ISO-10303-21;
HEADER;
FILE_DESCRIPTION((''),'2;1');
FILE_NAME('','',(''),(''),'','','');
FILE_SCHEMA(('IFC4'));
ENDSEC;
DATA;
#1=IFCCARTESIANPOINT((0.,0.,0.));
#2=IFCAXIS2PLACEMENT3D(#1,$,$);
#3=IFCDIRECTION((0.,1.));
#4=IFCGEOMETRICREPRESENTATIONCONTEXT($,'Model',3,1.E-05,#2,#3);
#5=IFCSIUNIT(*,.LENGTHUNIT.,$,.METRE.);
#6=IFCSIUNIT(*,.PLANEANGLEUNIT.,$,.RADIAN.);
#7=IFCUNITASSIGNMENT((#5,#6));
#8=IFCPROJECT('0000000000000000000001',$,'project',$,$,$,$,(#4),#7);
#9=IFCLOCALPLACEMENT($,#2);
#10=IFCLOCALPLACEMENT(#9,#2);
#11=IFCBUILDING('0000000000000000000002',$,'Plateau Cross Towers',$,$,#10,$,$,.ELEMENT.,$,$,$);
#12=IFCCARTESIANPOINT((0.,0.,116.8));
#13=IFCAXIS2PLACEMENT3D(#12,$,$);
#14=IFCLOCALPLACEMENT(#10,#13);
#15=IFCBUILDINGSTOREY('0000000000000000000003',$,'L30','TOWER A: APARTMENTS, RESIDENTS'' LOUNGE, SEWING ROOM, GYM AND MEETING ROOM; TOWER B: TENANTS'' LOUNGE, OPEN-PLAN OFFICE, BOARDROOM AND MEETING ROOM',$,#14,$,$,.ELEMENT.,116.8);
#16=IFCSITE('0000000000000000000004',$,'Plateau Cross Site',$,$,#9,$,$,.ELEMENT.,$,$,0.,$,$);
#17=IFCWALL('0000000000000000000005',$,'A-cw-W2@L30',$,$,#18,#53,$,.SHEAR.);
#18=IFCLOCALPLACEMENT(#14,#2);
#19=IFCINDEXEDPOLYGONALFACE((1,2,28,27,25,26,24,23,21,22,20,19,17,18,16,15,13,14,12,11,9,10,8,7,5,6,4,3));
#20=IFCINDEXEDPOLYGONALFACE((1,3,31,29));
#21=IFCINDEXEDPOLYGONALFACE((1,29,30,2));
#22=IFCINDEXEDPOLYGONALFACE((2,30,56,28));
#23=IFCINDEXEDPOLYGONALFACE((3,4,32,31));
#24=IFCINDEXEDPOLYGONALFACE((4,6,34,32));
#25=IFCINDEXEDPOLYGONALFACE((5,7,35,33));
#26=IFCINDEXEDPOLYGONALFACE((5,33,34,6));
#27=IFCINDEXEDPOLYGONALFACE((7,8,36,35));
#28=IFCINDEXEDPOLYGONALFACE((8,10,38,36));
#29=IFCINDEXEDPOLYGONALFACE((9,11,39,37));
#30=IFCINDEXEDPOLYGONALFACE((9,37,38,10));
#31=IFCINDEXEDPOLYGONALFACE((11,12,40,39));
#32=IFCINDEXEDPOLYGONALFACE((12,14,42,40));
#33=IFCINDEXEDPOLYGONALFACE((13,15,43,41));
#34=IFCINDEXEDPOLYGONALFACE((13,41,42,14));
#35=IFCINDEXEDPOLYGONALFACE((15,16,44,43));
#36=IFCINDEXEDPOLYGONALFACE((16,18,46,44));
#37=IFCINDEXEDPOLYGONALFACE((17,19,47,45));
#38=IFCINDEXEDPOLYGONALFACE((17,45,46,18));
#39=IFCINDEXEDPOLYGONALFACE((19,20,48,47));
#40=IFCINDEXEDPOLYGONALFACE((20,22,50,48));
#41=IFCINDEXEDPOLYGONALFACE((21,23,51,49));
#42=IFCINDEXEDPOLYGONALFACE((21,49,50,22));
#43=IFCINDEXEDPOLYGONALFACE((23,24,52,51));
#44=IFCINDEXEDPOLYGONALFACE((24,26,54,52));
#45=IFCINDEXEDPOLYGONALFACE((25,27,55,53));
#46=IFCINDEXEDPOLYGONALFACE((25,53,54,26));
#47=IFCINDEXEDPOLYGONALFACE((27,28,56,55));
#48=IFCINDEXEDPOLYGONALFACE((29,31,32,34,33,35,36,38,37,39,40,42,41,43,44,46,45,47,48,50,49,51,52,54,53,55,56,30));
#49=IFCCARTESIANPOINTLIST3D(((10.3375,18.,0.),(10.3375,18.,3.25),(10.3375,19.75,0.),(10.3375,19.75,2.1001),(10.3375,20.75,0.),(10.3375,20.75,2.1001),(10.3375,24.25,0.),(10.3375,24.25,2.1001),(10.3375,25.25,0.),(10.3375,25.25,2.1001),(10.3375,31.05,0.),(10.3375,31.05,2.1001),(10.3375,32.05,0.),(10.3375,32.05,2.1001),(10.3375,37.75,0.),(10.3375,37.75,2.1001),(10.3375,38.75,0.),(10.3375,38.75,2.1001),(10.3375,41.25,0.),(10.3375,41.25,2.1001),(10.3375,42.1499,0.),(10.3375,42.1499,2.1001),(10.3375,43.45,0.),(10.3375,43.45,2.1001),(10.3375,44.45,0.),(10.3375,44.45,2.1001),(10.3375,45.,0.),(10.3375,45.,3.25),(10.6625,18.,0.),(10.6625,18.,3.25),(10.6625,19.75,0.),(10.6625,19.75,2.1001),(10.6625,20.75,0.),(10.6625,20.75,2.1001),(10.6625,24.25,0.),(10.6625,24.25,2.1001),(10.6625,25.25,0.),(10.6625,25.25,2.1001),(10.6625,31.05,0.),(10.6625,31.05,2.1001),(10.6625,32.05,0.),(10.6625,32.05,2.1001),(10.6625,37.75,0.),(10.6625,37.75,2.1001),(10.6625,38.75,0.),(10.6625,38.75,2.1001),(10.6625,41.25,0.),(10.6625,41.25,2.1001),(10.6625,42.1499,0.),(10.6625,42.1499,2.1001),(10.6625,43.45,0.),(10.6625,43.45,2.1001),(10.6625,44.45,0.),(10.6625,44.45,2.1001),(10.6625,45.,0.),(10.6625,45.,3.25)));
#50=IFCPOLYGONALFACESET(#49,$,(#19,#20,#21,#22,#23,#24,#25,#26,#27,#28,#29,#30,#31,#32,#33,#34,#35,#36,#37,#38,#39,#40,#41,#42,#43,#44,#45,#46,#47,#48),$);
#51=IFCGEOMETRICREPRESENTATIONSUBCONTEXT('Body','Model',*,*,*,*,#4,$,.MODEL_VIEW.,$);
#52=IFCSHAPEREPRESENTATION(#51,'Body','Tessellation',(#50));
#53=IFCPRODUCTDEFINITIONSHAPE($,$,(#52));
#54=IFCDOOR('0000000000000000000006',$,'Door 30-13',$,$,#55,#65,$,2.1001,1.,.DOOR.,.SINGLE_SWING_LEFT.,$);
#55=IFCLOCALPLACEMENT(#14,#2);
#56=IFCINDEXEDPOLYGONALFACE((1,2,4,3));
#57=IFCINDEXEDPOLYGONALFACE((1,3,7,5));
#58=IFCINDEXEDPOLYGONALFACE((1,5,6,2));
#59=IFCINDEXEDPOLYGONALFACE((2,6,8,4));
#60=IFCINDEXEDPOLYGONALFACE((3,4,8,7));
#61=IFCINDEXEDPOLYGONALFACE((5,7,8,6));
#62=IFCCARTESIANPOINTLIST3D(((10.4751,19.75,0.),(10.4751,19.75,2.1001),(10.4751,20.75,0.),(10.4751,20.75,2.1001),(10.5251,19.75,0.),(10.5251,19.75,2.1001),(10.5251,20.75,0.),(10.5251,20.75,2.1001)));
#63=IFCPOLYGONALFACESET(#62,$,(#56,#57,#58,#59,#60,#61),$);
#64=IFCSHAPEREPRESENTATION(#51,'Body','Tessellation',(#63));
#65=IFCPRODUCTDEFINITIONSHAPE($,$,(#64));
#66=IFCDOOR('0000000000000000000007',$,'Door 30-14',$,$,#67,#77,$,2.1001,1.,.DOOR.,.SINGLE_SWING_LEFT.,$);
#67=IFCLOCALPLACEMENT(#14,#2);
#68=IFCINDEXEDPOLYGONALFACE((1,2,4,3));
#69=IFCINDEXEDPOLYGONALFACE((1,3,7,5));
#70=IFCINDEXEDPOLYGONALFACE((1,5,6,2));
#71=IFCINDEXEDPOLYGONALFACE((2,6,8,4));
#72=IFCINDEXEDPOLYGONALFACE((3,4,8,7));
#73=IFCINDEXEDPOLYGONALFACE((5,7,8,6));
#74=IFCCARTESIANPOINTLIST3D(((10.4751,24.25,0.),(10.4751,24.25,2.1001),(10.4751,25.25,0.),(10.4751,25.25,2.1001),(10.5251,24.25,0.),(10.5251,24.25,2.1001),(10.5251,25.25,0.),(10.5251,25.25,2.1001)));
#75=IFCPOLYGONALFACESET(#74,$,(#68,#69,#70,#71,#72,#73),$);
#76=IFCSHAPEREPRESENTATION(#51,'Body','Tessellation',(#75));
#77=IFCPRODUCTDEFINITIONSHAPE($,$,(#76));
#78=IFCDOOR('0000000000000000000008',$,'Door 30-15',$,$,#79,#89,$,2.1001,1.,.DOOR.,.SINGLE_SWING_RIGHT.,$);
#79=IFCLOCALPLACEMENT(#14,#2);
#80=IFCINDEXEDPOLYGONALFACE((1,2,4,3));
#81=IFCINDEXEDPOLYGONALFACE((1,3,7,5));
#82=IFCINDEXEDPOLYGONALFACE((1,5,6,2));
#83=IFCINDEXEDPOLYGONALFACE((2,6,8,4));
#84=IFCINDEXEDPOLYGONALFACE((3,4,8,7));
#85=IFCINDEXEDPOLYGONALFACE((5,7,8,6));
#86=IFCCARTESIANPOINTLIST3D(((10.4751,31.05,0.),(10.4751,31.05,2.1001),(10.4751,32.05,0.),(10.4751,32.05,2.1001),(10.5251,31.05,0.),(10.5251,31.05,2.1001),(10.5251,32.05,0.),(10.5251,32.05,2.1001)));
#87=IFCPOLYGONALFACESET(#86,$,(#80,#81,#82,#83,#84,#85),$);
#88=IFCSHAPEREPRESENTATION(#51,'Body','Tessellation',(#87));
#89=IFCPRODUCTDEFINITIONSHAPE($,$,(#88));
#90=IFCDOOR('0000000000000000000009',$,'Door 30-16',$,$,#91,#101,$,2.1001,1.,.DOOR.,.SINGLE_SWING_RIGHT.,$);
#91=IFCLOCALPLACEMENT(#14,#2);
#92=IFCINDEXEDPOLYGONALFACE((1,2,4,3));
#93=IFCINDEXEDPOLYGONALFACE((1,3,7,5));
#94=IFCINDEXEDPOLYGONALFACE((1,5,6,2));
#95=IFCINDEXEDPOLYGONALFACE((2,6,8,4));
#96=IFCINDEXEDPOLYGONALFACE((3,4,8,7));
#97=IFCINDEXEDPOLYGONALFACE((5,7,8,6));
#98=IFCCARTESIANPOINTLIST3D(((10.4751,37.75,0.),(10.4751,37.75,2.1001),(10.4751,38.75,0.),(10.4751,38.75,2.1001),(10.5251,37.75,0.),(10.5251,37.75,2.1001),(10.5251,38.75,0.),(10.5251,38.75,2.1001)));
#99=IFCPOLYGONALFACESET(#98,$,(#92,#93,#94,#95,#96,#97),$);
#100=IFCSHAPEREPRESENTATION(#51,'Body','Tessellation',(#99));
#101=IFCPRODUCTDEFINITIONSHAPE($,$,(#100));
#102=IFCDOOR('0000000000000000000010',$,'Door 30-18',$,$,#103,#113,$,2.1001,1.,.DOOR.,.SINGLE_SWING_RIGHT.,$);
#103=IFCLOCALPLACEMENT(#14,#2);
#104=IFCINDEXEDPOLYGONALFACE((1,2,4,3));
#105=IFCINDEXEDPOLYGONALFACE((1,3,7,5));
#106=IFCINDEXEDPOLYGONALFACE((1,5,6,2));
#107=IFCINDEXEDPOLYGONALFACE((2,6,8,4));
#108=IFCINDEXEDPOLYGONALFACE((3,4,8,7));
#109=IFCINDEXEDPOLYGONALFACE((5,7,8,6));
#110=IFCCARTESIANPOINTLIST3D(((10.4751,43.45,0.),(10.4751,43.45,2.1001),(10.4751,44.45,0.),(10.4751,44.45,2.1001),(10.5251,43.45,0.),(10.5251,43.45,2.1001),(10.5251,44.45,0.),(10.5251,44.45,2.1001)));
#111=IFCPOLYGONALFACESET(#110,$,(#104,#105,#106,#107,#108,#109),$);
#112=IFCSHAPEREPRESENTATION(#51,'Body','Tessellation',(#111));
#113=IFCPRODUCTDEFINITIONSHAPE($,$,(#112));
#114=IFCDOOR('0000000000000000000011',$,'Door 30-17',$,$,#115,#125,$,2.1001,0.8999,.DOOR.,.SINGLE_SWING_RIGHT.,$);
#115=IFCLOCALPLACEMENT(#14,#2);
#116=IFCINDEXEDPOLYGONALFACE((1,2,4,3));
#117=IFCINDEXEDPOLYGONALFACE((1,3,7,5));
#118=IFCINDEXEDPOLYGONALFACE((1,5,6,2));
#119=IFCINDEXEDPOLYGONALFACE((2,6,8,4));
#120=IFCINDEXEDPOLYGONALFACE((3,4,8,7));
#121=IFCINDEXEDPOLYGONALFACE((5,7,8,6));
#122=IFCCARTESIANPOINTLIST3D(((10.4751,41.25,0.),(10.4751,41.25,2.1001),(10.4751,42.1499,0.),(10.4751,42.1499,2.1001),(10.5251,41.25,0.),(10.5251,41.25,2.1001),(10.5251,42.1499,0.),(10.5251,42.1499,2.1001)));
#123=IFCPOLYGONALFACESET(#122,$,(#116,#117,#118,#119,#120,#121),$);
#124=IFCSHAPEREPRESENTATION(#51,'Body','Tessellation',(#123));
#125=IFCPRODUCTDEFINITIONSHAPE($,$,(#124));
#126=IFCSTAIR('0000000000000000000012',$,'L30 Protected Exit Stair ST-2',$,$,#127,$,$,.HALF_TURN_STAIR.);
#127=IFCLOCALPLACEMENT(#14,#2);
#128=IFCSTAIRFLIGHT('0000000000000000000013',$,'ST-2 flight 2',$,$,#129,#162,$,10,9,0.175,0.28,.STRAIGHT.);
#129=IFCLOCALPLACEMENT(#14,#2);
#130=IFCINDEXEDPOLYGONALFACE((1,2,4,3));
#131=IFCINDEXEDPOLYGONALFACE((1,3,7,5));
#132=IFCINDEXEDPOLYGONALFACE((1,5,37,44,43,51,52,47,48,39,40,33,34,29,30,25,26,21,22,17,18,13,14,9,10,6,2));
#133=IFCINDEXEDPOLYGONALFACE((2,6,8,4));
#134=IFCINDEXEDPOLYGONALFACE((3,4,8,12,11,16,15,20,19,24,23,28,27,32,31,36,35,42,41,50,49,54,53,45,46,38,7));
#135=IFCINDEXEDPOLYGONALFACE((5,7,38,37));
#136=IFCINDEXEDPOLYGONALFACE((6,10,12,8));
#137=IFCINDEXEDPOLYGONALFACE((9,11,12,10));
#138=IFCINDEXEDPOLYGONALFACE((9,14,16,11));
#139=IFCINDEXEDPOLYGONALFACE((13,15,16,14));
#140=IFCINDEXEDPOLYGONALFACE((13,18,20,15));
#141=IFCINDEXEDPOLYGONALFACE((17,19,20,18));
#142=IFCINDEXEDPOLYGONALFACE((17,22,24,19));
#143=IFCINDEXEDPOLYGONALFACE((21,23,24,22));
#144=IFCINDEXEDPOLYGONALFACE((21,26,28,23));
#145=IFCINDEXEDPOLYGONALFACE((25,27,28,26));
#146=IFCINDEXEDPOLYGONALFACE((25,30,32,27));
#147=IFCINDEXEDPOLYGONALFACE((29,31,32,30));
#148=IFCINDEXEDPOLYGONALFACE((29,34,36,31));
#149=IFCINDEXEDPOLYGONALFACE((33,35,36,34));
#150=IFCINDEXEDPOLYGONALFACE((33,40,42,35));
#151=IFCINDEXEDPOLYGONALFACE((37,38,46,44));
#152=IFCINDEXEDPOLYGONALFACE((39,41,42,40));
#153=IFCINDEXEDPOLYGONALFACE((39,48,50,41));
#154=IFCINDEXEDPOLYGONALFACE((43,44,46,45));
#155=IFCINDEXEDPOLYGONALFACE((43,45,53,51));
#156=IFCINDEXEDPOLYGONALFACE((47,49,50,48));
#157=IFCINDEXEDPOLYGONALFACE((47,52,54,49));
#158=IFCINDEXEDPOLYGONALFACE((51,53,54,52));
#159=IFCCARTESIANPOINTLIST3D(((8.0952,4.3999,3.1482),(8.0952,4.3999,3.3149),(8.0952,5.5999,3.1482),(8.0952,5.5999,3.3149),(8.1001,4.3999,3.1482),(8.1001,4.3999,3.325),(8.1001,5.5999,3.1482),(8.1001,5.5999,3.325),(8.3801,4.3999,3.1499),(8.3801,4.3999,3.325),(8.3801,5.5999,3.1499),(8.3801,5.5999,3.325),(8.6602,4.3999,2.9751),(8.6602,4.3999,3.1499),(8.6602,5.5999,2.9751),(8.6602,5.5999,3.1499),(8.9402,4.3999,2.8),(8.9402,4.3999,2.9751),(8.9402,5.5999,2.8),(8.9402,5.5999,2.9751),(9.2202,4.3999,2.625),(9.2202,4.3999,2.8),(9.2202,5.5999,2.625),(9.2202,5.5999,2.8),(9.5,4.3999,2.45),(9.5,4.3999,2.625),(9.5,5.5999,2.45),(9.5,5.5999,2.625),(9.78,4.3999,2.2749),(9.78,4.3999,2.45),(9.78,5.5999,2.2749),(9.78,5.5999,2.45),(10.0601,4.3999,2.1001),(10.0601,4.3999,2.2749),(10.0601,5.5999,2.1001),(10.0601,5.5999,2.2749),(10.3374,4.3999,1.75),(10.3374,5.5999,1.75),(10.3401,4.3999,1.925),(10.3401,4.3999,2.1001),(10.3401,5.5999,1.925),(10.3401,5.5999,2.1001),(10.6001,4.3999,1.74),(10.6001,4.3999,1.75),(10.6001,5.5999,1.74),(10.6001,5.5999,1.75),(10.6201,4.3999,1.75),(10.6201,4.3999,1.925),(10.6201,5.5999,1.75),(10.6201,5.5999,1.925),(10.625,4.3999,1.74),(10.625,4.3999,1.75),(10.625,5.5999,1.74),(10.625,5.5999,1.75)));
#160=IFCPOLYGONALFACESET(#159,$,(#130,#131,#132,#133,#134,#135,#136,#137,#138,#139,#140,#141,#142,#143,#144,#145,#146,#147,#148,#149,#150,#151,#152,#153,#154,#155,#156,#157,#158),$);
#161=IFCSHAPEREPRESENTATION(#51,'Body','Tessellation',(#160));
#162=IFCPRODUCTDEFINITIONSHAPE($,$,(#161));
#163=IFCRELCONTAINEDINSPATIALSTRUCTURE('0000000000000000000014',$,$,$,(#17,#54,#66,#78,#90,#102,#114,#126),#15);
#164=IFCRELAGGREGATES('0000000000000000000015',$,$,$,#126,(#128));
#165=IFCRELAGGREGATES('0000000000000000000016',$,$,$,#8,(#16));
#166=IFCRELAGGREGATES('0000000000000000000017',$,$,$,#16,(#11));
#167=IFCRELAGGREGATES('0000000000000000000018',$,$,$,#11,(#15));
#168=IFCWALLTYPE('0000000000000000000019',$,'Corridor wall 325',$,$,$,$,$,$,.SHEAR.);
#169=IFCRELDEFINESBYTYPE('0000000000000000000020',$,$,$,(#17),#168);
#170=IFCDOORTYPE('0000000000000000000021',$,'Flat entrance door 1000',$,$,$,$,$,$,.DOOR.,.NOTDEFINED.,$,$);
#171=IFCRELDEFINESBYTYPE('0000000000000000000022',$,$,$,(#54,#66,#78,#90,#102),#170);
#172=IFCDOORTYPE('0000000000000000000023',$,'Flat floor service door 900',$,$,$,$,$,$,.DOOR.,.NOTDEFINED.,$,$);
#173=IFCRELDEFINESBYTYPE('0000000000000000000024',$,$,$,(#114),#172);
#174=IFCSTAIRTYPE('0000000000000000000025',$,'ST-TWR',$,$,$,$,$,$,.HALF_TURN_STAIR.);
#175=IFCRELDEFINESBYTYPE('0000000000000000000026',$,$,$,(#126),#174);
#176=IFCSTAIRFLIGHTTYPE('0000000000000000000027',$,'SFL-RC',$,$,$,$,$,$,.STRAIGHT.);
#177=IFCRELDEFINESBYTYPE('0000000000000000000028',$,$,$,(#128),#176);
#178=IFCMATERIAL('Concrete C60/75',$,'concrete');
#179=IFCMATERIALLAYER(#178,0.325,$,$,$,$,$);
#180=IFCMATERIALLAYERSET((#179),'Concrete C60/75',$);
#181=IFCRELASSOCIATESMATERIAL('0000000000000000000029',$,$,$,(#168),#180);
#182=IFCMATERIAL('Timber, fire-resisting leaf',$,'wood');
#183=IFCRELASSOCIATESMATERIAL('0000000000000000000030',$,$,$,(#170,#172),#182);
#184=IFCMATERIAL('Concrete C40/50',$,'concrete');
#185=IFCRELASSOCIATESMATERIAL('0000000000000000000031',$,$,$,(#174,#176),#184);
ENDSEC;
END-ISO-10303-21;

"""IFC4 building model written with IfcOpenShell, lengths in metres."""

from ifc_helpers import new_model, si_unit, direction, frame, frame_2d, origin, place, context, subcontext, project, spatial, polyline, rectangle, outline, extrude, material, layer, layer_set, type_object, element, fill, aggregate, save


model = new_model("IFC4")

# Units and contexts
model_context = context("Model", 3, precision=1e-05, world=origin(), true_north=direction((0.0, 1.0)))
body_context = subcontext(model_context, "Body", "Model", "MODEL_VIEW")
ifc_project = project(units=[si_unit("LENGTHUNIT", "METRE"), si_unit("PLANEANGLEUNIT", "RADIAN")], contexts=[model_context])

# Site, building, storey
site_placement = place(None, origin())
site = spatial("IfcSite", under=ifc_project, at=site_placement, Name="Plateau Cross Site", CompositionType="ELEMENT", RefElevation=0.0)
building_placement = place(site_placement, origin())
building = spatial("IfcBuilding", under=site, at=building_placement, Name="Plateau Cross Towers", CompositionType="ELEMENT")
storey_placement = place(building_placement, frame((0.0, 0.0, 116.8)))
storey = spatial("IfcBuildingStorey", under=building, at=storey_placement, Name="L30", Description="TOWER A: APARTMENTS, RESIDENTS' LOUNGE, SEWING ROOM, GYM AND MEETING ROOM; TOWER B: TENANTS' LOUNGE, OPEN-PLAN OFFICE, BOARDROOM AND MEETING ROOM", CompositionType="ELEMENT", Elevation=116.8)

# Shared definitions
ifc_material_1 = material(Name="Timber, fire-resisting leaf", Category="wood")

# Shared definitions
ifc_material_2 = material(Name="Concrete C60/75", Category="concrete")

# Wall, openings, doors
ifc_layer_1 = layer(ifc_material_2, 0.325)
ifc_layer_set_1 = layer_set([ifc_layer_1], Name="Concrete C60/75")
wall_type_1 = type_object("IfcWallType", Name="Corridor wall 325", PredefinedType="SHEAR", material=ifc_layer_set_1)
door_type_1 = type_object("IfcDoorType", Name="Flat entrance door 1000", OperationType="NOTDEFINED", PredefinedType="DOOR", material=ifc_material_1)
wall_1_placement = place(storey_placement, frame((10.5, 18.0, 0.0), z_axis=(0.0, 0.0, 1.0), x_axis=(0.0, 1.0, 0.0)))
wall_1 = element("IfcWall", 1, at=wall_1_placement, inside=storey, type_object=wall_type_1, Name="A-cw-W2@L30", PredefinedType="SHEAR", context=body_context, shape_type="SweptSolid", body=[
    extrude(rectangle(XDim=27.0, YDim=0.325, at=frame_2d((13.5, 0.0))), origin(), (0.0, 0.0, 1.0), 3.25),
])
opening_1_placement = place(wall_1_placement, frame((1.75, 0.0, 0.0)))
opening_1 = element("IfcOpeningElement", 2, at=opening_1_placement, cuts=wall_1, PredefinedType="OPENING", context=body_context, shape_type="SweptSolid", body=[
    extrude(rectangle(XDim=1.0, YDim=2.1001, at=frame_2d((0.5, 1.05))), frame((0.0, 0.1724, 0.0), z_axis=(0.0, -1.0, 0.0), x_axis=(1.0, 0.0, 0.0)), (0.0, 0.0, 1.0), 0.345),
])
opening_2_placement = place(wall_1_placement, frame((6.25, 0.0, 0.0)))
opening_2 = element("IfcOpeningElement", 3, at=opening_2_placement, cuts=wall_1, PredefinedType="OPENING", context=body_context, shape_type="SweptSolid", body=[
    extrude(rectangle(XDim=1.0, YDim=2.1001, at=frame_2d((0.5, 1.05))), frame((0.0, 0.1724, 0.0), z_axis=(0.0, -1.0, 0.0), x_axis=(1.0, 0.0, 0.0)), (0.0, 0.0, 1.0), 0.345),
])
opening_3_placement = place(wall_1_placement, frame((13.05, 0.0, 0.0)))
opening_3 = element("IfcOpeningElement", 4, at=opening_3_placement, cuts=wall_1, PredefinedType="OPENING", context=body_context, shape_type="SweptSolid", body=[
    extrude(rectangle(XDim=1.0, YDim=2.1001, at=frame_2d((0.5, 1.05))), frame((0.0, 0.1724, 0.0), z_axis=(0.0, -1.0, 0.0), x_axis=(1.0, 0.0, 0.0)), (0.0, 0.0, 1.0), 0.345),
])
opening_4_placement = place(wall_1_placement, frame((19.75, 0.0, 0.0)))
opening_4 = element("IfcOpeningElement", 5, at=opening_4_placement, cuts=wall_1, PredefinedType="OPENING", context=body_context, shape_type="SweptSolid", body=[
    extrude(rectangle(XDim=1.0, YDim=2.1001, at=frame_2d((0.5, 1.05))), frame((0.0, 0.1724, 0.0), z_axis=(0.0, -1.0, 0.0), x_axis=(1.0, 0.0, 0.0)), (0.0, 0.0, 1.0), 0.345),
])
opening_5_placement = place(wall_1_placement, frame((23.25, 0.0, 0.0)))
opening_5 = element("IfcOpeningElement", 6, at=opening_5_placement, cuts=wall_1, PredefinedType="OPENING", context=body_context, shape_type="SweptSolid", body=[
    extrude(rectangle(XDim=0.8999, YDim=2.1001, at=frame_2d((0.45, 1.05))), frame((0.0, 0.1724, 0.0), z_axis=(0.0, -1.0, 0.0), x_axis=(1.0, 0.0, 0.0)), (0.0, 0.0, 1.0), 0.345),
])
opening_6_placement = place(wall_1_placement, frame((25.45, 0.0, 0.0)))
opening_6 = element("IfcOpeningElement", 7, at=opening_6_placement, cuts=wall_1, PredefinedType="OPENING", context=body_context, shape_type="SweptSolid", body=[
    extrude(rectangle(XDim=1.0, YDim=2.1001, at=frame_2d((0.5, 1.05))), frame((0.0, 0.1724, 0.0), z_axis=(0.0, -1.0, 0.0), x_axis=(1.0, 0.0, 0.0)), (0.0, 0.0, 1.0), 0.345),
])
door_1_placement = place(opening_1_placement, origin())
door_1 = element("IfcDoor", 8, at=door_1_placement, inside=storey, type_object=door_type_1, Name="Door 30-13", OperationType="SINGLE_SWING_LEFT", OverallHeight=2.1001, OverallWidth=1.0, PredefinedType="DOOR", context=body_context, shape_type="SweptSolid", body=[
    extrude(rectangle(XDim=1.0, YDim=2.1001, at=frame_2d((0.5, 1.05))), frame((0.0, 0.0249, 0.0), z_axis=(0.0, -1.0, 0.0), x_axis=(1.0, 0.0, 0.0)), (0.0, 0.0, 1.0), 0.05),
])
fill(opening_1, door_1)
door_2_placement = place(opening_2_placement, origin())
door_2 = element("IfcDoor", 9, at=door_2_placement, inside=storey, type_object=door_type_1, Name="Door 30-14", OperationType="SINGLE_SWING_LEFT", OverallHeight=2.1001, OverallWidth=1.0, PredefinedType="DOOR", context=body_context, shape_type="SweptSolid", body=[
    extrude(rectangle(XDim=1.0, YDim=2.1001, at=frame_2d((0.5, 1.05))), frame((0.0, 0.0249, 0.0), z_axis=(0.0, -1.0, 0.0), x_axis=(1.0, 0.0, 0.0)), (0.0, 0.0, 1.0), 0.05),
])
fill(opening_2, door_2)
door_3_placement = place(opening_3_placement, origin())
door_3 = element("IfcDoor", 10, at=door_3_placement, inside=storey, type_object=door_type_1, Name="Door 30-15", OperationType="SINGLE_SWING_RIGHT", OverallHeight=2.1001, OverallWidth=1.0, PredefinedType="DOOR", context=body_context, shape_type="SweptSolid", body=[
    extrude(rectangle(XDim=1.0, YDim=2.1001, at=frame_2d((0.5, 1.05))), frame((0.0, 0.0249, 0.0), z_axis=(0.0, -1.0, 0.0), x_axis=(1.0, 0.0, 0.0)), (0.0, 0.0, 1.0), 0.05),
])
fill(opening_3, door_3)
door_4_placement = place(opening_4_placement, origin())
door_4 = element("IfcDoor", 11, at=door_4_placement, inside=storey, type_object=door_type_1, Name="Door 30-16", OperationType="SINGLE_SWING_RIGHT", OverallHeight=2.1001, OverallWidth=1.0, PredefinedType="DOOR", context=body_context, shape_type="SweptSolid", body=[
    extrude(rectangle(XDim=1.0, YDim=2.1001, at=frame_2d((0.5, 1.05))), frame((0.0, 0.0249, 0.0), z_axis=(0.0, -1.0, 0.0), x_axis=(1.0, 0.0, 0.0)), (0.0, 0.0, 1.0), 0.05),
])
fill(opening_4, door_4)
door_5_placement = place(opening_6_placement, origin())
door_5 = element("IfcDoor", 12, at=door_5_placement, inside=storey, type_object=door_type_1, Name="Door 30-18", OperationType="SINGLE_SWING_RIGHT", OverallHeight=2.1001, OverallWidth=1.0, PredefinedType="DOOR", context=body_context, shape_type="SweptSolid", body=[
    extrude(rectangle(XDim=1.0, YDim=2.1001, at=frame_2d((0.5, 1.05))), frame((0.0, 0.0249, 0.0), z_axis=(0.0, -1.0, 0.0), x_axis=(1.0, 0.0, 0.0)), (0.0, 0.0, 1.0), 0.05),
])
fill(opening_6, door_5)
door_type_2 = type_object("IfcDoorType", Name="Flat floor service door 900", OperationType="NOTDEFINED", PredefinedType="DOOR", material=ifc_material_1)
door_6_placement = place(opening_5_placement, origin())
door_6 = element("IfcDoor", 13, at=door_6_placement, inside=storey, type_object=door_type_2, Name="Door 30-17", OperationType="SINGLE_SWING_RIGHT", OverallHeight=2.1001, OverallWidth=0.8999, PredefinedType="DOOR", context=body_context, shape_type="SweptSolid", body=[
    extrude(rectangle(XDim=0.8999, YDim=2.1001, at=frame_2d((0.45, 1.05))), frame((0.0, 0.0249, 0.0), z_axis=(0.0, -1.0, 0.0), x_axis=(1.0, 0.0, 0.0)), (0.0, 0.0, 1.0), 0.05),
])
fill(opening_5, door_6)

# Stair, stair flight
ifc_material_3 = material(Name="Concrete C40/50", Category="concrete")
stair_type = type_object("IfcStairType", Name="ST-TWR", PredefinedType="HALF_TURN_STAIR", material=ifc_material_3)
stair_placement = place(storey_placement, origin())
stair = element("IfcStair", 14, at=stair_placement, inside=storey, type_object=stair_type, Name="L30 Protected Exit Stair ST-2", PredefinedType="HALF_TURN_STAIR")
stair_flight_type = type_object("IfcStairFlightType", Name="SFL-RC", PredefinedType="STRAIGHT", material=ifc_material_3)
stair_flight_placement = place(storey_placement, frame((10.6201, 5.0, 1.75), z_axis=(0.0, 0.0, 1.0), x_axis=(-1.0, 0.0, 0.0)))
stair_flight = element("IfcStairFlight", 15, at=stair_flight_placement, type_object=stair_flight_type, Name="ST-2 flight 2", NumberOfRisers=10, NumberOfTreads=9, PredefinedType="STRAIGHT", RiserHeight=0.175, TreadLength=0.28, context=body_context, shape_type="SweptSolid", body=[
    extrude(outline(polyline([(-0.0049, -0.01), (-0.0049, 0.0), (0.0, 0.0), (0.0, 0.175), (0.28, 0.175), (0.28, 0.3501), (0.5601, 0.3501), (0.5601, 0.5249), (0.8401, 0.5249), (0.8401, 0.7), (1.1201, 0.7), (1.1201, 0.875), (1.3999, 0.875), (1.3999, 1.05), (1.6799, 1.05), (1.6799, 1.2251), (1.96, 1.2251), (1.96, 1.3999), (2.24, 1.3999), (2.24, 1.575), (2.52, 1.575), (2.5249, 1.5649), (2.5249, 1.3982), (2.52, 1.3982), (0.2827, 0.0), (0.02, 0.0), (0.02, -0.01), (-0.0049, -0.01)])), frame((0.0, 0.6001, 0.0), z_axis=(0.0, -1.0, 0.0), x_axis=(1.0, 0.0, 0.0)), (0.0, 0.0, 1.0), 1.2),
])
aggregate(stair, [stair_flight])

save(model, "model.ifc")
